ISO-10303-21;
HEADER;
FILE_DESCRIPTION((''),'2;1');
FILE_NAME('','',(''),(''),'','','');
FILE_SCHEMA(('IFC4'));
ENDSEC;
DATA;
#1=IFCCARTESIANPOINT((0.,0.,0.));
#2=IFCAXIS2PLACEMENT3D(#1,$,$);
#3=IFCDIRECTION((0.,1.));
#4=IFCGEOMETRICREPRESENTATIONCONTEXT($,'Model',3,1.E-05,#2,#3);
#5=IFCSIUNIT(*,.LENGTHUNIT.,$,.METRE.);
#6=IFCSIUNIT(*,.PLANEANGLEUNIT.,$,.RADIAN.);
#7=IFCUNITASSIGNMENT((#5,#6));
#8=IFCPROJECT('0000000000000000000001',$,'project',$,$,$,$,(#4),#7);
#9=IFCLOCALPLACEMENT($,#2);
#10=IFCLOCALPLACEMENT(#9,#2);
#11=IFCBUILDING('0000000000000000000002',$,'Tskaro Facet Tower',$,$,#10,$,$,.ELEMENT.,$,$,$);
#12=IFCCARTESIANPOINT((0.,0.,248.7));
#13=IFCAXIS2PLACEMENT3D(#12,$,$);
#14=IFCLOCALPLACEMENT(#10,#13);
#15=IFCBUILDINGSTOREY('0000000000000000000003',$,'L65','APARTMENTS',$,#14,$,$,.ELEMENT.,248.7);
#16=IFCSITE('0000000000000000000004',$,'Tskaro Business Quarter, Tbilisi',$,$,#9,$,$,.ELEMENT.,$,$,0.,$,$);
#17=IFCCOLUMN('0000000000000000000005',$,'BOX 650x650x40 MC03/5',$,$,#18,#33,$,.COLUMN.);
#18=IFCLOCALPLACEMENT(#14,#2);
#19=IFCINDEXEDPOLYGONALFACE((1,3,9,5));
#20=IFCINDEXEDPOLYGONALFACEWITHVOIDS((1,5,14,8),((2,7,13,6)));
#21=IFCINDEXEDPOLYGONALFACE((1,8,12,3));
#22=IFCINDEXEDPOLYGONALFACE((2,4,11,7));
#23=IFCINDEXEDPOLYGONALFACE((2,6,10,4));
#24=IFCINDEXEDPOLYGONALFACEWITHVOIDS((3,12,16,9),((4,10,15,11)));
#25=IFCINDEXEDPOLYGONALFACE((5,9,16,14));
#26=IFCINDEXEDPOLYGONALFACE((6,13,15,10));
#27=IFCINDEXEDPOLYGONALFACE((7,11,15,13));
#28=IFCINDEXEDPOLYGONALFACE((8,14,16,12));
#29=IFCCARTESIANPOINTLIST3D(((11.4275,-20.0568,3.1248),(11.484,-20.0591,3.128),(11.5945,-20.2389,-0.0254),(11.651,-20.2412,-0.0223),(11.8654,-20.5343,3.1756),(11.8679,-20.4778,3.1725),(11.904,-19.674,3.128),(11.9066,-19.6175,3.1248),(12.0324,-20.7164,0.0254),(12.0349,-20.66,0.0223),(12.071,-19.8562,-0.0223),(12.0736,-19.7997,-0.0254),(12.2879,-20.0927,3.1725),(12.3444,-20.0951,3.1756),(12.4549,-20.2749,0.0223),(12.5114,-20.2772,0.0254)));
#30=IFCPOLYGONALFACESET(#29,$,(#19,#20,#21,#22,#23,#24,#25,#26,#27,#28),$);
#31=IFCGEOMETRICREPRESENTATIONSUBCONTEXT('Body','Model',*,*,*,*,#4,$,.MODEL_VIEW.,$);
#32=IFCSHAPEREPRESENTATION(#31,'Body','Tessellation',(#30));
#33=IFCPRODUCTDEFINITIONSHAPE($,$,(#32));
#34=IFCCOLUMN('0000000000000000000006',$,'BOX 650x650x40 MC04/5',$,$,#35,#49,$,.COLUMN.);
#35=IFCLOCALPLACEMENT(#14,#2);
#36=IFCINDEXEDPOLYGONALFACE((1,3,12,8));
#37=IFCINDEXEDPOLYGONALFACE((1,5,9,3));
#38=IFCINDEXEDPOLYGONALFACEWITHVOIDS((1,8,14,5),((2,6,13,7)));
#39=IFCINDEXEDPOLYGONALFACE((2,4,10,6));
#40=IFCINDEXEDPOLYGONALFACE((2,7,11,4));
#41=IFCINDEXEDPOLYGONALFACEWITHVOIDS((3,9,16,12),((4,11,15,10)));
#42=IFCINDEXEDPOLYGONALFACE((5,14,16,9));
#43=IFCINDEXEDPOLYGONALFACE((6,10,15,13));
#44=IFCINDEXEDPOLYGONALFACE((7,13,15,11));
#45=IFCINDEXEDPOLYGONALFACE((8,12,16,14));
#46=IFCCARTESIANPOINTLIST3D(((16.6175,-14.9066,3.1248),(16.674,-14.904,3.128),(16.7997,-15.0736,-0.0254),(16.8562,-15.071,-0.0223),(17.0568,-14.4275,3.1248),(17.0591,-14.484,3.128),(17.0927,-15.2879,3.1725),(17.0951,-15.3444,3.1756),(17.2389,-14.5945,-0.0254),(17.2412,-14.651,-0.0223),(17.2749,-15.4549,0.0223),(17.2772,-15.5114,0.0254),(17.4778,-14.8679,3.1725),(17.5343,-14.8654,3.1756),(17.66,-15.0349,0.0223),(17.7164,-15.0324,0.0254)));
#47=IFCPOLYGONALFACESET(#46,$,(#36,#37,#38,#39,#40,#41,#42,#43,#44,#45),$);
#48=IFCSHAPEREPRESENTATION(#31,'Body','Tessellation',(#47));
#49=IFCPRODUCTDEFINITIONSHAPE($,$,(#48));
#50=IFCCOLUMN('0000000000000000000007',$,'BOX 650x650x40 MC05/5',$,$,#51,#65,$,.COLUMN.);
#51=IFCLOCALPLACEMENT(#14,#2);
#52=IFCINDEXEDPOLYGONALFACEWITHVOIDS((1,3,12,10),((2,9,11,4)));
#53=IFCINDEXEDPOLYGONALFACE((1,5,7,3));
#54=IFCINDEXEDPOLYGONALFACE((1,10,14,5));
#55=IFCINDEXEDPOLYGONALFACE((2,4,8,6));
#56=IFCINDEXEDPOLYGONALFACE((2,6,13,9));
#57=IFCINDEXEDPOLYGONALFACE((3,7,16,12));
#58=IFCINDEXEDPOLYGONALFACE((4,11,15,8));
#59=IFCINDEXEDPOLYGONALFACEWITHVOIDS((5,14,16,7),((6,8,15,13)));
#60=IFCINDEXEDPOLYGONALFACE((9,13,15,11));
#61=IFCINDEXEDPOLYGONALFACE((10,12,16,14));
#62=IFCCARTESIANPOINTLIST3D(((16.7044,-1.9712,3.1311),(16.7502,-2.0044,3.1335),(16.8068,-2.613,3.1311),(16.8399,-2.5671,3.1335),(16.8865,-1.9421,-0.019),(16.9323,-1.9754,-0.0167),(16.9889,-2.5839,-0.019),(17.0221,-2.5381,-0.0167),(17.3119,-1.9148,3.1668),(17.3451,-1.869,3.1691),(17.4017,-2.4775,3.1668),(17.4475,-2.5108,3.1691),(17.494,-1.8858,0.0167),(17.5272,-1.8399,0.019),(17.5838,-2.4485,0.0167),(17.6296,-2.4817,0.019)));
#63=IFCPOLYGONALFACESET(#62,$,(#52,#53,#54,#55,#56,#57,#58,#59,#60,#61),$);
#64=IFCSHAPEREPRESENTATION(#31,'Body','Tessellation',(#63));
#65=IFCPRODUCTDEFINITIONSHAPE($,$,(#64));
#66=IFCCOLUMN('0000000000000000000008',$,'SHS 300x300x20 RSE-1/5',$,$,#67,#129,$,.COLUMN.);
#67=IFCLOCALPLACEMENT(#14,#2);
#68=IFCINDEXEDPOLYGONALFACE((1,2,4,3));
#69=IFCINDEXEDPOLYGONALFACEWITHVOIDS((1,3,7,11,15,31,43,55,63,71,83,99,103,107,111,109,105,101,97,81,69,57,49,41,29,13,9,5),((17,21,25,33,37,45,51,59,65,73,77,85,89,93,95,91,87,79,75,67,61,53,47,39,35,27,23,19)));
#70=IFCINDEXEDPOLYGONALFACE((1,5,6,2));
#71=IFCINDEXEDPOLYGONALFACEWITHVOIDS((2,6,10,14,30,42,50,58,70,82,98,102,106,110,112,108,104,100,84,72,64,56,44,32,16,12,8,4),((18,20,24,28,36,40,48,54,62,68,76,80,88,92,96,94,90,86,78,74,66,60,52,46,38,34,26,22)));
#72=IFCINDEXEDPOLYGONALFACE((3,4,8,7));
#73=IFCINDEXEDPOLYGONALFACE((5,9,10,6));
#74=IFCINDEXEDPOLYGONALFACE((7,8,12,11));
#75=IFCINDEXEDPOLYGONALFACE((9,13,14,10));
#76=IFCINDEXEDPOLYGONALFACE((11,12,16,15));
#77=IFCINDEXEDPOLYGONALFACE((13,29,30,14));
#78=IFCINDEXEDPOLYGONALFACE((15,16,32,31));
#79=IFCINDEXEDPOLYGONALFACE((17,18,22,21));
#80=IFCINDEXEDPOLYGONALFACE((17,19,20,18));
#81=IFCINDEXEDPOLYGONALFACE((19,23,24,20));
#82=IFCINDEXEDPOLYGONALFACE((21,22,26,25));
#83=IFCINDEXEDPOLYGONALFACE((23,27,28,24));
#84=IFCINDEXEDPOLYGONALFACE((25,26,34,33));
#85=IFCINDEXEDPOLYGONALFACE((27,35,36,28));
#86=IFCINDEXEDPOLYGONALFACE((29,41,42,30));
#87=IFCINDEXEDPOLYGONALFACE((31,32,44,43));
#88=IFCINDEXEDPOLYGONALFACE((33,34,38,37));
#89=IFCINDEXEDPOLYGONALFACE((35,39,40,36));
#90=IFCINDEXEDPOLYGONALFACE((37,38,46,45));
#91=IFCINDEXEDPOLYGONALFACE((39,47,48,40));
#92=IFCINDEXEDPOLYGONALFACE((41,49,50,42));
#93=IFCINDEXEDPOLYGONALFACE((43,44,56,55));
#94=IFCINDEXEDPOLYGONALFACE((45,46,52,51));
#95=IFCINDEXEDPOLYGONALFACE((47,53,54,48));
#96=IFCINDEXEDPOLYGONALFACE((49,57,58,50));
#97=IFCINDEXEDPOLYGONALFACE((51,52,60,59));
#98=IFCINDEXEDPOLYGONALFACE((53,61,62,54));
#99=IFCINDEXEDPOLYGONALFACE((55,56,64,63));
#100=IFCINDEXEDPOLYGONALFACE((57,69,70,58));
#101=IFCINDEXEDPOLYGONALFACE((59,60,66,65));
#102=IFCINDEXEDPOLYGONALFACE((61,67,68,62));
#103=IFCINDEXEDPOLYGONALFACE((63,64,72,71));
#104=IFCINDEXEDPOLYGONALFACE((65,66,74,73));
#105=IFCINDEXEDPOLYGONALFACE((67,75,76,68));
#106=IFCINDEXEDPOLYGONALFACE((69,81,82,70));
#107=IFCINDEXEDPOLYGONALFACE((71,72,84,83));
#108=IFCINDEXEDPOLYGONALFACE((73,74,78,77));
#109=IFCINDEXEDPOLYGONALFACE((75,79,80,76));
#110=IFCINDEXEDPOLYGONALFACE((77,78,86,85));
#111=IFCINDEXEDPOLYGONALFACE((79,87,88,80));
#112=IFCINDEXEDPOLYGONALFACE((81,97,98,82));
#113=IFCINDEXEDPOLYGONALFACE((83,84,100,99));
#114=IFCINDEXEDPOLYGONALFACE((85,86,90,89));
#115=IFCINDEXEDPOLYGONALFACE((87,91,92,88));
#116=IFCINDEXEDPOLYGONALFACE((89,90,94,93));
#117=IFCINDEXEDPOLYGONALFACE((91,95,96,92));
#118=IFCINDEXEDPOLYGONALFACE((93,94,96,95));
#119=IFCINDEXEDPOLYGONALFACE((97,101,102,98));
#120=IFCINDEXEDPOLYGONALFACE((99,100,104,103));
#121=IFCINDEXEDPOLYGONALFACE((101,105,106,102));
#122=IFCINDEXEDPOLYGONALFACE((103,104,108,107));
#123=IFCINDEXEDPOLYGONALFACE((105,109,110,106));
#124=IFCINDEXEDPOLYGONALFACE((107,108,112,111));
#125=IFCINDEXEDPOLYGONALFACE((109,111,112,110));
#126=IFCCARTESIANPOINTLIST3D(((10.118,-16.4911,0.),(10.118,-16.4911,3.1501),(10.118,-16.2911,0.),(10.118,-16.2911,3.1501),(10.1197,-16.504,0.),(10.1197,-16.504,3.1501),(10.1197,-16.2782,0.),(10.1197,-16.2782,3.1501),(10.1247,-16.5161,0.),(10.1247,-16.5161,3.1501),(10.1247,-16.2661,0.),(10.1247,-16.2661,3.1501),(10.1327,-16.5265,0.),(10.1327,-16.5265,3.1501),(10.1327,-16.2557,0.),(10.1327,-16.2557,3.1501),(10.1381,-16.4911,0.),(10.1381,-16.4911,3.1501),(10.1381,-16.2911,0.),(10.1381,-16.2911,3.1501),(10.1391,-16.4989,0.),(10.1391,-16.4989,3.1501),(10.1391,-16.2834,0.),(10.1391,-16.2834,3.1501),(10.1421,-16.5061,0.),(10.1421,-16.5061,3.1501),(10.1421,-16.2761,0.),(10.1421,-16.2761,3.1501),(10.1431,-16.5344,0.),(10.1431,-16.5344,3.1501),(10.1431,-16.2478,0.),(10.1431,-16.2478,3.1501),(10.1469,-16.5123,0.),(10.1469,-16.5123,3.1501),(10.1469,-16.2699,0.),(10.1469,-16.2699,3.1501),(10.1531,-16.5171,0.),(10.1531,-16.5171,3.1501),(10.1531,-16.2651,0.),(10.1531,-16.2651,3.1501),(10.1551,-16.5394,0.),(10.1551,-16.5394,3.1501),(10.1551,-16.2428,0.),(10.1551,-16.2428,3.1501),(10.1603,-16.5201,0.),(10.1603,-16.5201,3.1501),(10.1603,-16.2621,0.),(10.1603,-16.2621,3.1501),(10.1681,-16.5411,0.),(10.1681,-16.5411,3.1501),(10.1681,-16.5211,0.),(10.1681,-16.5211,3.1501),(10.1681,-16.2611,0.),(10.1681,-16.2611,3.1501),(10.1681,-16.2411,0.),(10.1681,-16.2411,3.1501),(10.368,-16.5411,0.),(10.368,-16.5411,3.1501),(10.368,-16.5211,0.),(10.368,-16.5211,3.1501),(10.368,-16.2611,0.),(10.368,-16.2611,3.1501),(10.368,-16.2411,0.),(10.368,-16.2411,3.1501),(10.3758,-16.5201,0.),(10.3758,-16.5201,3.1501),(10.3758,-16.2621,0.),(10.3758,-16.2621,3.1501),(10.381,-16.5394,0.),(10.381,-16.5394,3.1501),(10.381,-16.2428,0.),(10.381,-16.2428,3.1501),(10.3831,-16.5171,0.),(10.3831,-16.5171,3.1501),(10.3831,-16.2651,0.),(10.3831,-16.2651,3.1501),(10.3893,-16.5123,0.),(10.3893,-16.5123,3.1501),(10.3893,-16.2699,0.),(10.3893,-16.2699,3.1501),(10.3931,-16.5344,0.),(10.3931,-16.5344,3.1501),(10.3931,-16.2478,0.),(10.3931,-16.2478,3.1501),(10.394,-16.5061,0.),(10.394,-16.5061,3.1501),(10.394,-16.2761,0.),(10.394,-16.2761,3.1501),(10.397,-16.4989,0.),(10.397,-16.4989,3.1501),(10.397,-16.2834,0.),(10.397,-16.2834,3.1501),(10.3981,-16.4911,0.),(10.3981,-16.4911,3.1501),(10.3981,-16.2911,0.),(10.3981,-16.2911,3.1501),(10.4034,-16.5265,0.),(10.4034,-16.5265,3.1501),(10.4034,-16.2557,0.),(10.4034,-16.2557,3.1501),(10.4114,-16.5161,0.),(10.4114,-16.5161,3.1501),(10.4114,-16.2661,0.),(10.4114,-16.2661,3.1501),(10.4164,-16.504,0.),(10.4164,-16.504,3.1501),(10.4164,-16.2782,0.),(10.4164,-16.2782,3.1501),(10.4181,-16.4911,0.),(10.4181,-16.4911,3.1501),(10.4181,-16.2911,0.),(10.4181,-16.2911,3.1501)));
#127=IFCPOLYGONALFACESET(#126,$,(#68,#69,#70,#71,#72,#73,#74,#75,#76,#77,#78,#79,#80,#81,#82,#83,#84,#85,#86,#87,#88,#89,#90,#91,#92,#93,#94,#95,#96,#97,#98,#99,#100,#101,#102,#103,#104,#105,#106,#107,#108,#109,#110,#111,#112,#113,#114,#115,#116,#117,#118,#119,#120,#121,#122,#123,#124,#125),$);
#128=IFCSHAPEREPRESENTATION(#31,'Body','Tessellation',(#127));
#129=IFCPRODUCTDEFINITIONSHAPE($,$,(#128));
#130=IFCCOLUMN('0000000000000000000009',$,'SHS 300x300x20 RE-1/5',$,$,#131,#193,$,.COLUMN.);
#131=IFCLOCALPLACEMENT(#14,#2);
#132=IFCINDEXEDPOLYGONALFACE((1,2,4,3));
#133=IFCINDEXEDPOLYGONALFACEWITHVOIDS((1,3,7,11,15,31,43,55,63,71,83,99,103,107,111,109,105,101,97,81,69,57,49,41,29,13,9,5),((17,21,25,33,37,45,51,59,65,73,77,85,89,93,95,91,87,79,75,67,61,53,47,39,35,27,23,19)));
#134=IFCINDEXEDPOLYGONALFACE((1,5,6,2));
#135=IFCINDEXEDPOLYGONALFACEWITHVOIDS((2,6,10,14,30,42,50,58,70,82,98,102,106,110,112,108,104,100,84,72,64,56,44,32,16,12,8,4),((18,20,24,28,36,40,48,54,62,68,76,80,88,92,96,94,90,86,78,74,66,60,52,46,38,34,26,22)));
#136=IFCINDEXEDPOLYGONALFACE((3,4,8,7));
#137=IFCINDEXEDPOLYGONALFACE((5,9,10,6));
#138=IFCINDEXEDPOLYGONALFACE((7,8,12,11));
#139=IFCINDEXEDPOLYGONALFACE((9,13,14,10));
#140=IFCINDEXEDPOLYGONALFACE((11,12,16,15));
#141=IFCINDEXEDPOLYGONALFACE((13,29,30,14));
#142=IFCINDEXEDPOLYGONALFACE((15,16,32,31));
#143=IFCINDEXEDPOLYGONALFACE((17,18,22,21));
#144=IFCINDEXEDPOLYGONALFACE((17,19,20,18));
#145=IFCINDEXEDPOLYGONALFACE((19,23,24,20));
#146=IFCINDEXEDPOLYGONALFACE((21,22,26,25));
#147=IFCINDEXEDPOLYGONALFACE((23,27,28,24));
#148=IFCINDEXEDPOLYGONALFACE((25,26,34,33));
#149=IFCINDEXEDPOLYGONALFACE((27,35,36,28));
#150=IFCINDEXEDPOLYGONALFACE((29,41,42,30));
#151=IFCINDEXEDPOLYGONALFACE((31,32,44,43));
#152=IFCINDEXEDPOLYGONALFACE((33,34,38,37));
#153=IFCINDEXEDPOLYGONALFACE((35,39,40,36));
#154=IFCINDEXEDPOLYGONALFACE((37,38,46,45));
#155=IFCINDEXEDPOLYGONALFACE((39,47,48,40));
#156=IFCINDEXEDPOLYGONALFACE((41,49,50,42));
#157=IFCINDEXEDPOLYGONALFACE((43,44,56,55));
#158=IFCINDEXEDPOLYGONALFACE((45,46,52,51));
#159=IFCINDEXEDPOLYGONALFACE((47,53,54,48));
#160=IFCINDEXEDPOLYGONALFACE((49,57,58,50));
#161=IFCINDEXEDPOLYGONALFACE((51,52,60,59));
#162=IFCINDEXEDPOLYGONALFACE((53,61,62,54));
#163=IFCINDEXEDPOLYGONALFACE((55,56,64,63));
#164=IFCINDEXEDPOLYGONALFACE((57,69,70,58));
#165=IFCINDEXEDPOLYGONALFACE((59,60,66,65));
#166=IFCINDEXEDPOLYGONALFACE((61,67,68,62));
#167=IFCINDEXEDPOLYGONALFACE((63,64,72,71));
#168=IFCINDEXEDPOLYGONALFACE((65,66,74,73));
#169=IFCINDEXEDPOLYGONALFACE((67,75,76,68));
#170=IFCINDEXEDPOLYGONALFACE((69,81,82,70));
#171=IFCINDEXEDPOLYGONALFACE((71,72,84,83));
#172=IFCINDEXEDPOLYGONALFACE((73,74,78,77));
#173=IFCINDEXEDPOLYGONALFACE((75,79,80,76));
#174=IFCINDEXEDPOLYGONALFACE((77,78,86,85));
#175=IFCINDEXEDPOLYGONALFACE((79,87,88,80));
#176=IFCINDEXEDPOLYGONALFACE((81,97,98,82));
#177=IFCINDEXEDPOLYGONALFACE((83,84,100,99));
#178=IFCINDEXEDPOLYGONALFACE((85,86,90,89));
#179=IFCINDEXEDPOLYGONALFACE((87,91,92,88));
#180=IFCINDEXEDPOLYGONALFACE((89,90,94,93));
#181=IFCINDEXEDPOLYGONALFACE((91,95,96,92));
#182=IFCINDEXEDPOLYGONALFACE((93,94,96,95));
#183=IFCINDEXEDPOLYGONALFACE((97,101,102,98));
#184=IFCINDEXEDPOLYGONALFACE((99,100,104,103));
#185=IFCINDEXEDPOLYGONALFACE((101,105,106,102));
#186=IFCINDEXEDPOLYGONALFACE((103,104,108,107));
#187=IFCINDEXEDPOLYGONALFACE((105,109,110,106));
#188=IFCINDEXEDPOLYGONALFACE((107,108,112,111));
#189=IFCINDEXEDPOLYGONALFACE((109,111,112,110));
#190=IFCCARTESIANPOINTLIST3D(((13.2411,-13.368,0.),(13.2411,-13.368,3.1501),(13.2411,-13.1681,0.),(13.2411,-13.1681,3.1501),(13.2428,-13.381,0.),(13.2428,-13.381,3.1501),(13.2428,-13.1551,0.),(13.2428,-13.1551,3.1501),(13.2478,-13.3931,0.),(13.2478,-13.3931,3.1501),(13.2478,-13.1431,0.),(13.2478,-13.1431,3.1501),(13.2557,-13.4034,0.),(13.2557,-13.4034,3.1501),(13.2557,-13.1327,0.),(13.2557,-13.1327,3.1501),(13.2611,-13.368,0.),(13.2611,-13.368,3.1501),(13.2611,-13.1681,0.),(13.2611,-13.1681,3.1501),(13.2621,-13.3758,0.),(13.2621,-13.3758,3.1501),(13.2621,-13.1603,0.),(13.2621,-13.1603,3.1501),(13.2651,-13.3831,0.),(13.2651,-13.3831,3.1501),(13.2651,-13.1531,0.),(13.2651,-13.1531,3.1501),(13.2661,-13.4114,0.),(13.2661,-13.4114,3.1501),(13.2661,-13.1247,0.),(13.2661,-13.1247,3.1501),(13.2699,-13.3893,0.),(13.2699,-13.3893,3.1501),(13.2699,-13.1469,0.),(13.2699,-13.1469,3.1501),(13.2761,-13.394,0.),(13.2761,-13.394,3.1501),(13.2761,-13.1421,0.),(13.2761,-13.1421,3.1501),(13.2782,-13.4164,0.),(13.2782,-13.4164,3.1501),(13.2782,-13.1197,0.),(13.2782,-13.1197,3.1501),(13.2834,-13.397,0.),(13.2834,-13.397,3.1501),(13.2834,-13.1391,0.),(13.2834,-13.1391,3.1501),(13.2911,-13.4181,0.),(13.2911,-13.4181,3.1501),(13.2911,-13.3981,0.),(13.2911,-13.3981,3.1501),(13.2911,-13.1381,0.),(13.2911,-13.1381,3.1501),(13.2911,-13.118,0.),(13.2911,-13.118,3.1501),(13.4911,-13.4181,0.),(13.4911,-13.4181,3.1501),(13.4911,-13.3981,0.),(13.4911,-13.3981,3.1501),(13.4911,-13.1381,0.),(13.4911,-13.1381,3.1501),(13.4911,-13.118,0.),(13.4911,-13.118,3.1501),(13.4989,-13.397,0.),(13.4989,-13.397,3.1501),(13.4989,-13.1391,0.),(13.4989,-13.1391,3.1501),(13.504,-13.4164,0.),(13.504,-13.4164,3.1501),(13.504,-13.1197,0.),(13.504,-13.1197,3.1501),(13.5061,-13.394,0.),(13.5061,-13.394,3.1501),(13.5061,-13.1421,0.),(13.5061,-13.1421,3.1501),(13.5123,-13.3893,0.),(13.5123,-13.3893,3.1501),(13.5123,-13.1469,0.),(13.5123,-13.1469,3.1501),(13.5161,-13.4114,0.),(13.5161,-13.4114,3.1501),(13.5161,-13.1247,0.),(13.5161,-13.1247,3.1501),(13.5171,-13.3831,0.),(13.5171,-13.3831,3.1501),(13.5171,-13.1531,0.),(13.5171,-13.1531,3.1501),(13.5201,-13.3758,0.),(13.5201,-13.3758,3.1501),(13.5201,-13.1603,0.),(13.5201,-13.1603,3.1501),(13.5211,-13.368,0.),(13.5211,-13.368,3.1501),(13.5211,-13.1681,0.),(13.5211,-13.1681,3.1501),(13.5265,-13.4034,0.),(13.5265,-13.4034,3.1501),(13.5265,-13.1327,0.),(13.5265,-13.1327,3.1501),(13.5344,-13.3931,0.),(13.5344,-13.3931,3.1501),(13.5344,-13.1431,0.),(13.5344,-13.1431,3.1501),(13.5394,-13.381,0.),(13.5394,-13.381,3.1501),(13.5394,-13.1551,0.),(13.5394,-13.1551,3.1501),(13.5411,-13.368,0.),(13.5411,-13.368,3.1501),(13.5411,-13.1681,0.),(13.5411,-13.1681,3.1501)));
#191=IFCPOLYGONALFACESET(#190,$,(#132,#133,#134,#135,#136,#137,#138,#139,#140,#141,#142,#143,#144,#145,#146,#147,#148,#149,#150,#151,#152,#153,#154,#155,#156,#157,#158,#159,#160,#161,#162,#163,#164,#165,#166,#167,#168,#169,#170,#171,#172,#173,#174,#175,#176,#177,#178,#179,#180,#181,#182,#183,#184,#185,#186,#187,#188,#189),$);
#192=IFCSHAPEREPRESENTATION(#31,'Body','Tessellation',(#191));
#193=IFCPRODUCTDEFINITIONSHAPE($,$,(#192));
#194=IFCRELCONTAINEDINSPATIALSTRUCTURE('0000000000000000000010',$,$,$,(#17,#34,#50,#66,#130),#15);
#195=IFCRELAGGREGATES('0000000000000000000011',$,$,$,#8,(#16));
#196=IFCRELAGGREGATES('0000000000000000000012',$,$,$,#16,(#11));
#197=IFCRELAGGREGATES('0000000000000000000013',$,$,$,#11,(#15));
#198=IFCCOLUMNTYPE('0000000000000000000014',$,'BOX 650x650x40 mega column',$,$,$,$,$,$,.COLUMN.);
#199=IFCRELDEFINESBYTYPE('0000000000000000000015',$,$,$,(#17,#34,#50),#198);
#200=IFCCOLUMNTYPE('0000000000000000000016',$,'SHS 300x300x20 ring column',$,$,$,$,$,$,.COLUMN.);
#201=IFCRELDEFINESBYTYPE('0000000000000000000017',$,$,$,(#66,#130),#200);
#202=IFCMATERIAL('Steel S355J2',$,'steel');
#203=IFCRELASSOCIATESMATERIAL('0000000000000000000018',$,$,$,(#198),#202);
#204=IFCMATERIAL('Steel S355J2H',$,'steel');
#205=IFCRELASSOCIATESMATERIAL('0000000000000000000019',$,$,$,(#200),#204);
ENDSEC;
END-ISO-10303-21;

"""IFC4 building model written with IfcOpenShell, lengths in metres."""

from ifc_helpers import new_model, si_unit, direction, frame, origin, origin_2d, place, context, subcontext, project, spatial, hollow_rectangle, extrude, material, material_profile, profile_set, type_object, element, save


model = new_model("IFC4")

# Units and contexts
model_context = context("Model", 3, precision=1e-05, world=origin(), true_north=direction((0.0, 1.0)))
body_context = subcontext(model_context, "Body", "Model", "MODEL_VIEW")
ifc_project = project(units=[si_unit("LENGTHUNIT", "METRE"), si_unit("PLANEANGLEUNIT", "RADIAN")], contexts=[model_context])

# Site, building, storey
site_placement = place(None, origin())
site = spatial("IfcSite", under=ifc_project, at=site_placement, Name="Tskaro Business Quarter, Tbilisi", CompositionType="ELEMENT", RefElevation=0.0)
building_placement = place(site_placement, origin())
building = spatial("IfcBuilding", under=site, at=building_placement, Name="Tskaro Facet Tower", CompositionType="ELEMENT")
storey_placement = place(building_placement, frame((0.0, 0.0, 248.7)))
storey = spatial("IfcBuildingStorey", under=building, at=storey_placement, Name="L65", Description="APARTMENTS", CompositionType="ELEMENT", Elevation=248.7)

# Columns
ifc_material_1 = material(Name="Steel S355J2", Category="steel")
ifc_material_profile_1 = material_profile(ifc_material_1, hollow_rectangle(XDim=0.6499, YDim=0.6499, WallThickness=0.04, at=origin_2d()), Name="BOX 650x650x40")
ifc_profile_set_1 = profile_set([ifc_material_profile_1], Name="Steel S355J2")
column_type_1 = type_object("IfcColumnType", Name="BOX 650x650x40 mega column", PredefinedType="COLUMN", material=ifc_profile_set_1)
for number, where, z_axis, x_axis, name in (
    (1, (12.053, -20.2581, 0.0), (-0.052849, 0.057639, 0.996938), (-0.737072, -0.675814, 0.0), "BOX 650x650x40 MC03/5"),
    (2, (17.2581, -15.053, 0.0), (-0.057639, 0.052849, 0.996938), (-0.675814, -0.737072, 0.0), "BOX 650x650x40 MC04/5"),
):
    element("IfcColumn", number, at=place(storey_placement, frame(where, z_axis=z_axis, x_axis=x_axis)), inside=storey, type_object=column_type_1, Name=name, PredefinedType="COLUMN", context=body_context, shape_type="SweptSolid", body=[
        extrude(hollow_rectangle(XDim=0.6499, YDim=0.6499, WallThickness=0.04, at=origin_2d()), origin(), (0.0, 0.0, 1.0), 3.1599),
    ])
column_placement = place(storey_placement, frame((17.2581, -2.2119, 0.0), z_axis=(-0.057717, -0.009207, 0.998291), x_axis=(0.157526, -0.987515, 0.0)))
element("IfcColumn", 3, at=column_placement, inside=storey, type_object=column_type_1, Name="BOX 650x650x40 MC05/5", PredefinedType="COLUMN", context=body_context, shape_type="SweptSolid", body=[
    extrude(hollow_rectangle(XDim=0.6499, YDim=0.6499, WallThickness=0.04, at=origin_2d()), origin(), (0.0, 0.0, 1.0), 3.1555),
])
ifc_material_2 = material(Name="Steel S355J2H", Category="steel")
ifc_material_profile_2 = material_profile(ifc_material_2, hollow_rectangle(XDim=0.3, YDim=0.3, WallThickness=0.02, InnerFilletRadius=0.03, OuterFilletRadius=0.05, at=origin_2d()), Name="SHS 300x300x20")
ifc_profile_set_2 = profile_set([ifc_material_profile_2], Name="Steel S355J2H")
column_type_2 = type_object("IfcColumnType", Name="SHS 300x300x20 ring column", PredefinedType="COLUMN", material=ifc_profile_set_2)
for number, where, z_axis, x_axis, name in (
    (4, (10.2681, -16.3911, 0.0), (0.0, 0.0, 1.0), (1.0, 0.0, 0.0), "SHS 300x300x20 RSE-1/5"),
    (5, (13.3911, -13.2681, 0.0), (0.0, 0.0, 1.0), (1.0, 0.0, 0.0), "SHS 300x300x20 RE-1/5"),
):
    element("IfcColumn", number, at=place(storey_placement, frame(where, z_axis=z_axis, x_axis=x_axis)), inside=storey, type_object=column_type_2, Name=name, PredefinedType="COLUMN", context=body_context, shape_type="SweptSolid", body=[
        extrude(hollow_rectangle(XDim=0.3, YDim=0.3, WallThickness=0.02, InnerFilletRadius=0.03, OuterFilletRadius=0.05, at=origin_2d()), origin(), (0.0, 0.0, 1.0), 3.1501),
    ])

save(model, "model.ifc")
